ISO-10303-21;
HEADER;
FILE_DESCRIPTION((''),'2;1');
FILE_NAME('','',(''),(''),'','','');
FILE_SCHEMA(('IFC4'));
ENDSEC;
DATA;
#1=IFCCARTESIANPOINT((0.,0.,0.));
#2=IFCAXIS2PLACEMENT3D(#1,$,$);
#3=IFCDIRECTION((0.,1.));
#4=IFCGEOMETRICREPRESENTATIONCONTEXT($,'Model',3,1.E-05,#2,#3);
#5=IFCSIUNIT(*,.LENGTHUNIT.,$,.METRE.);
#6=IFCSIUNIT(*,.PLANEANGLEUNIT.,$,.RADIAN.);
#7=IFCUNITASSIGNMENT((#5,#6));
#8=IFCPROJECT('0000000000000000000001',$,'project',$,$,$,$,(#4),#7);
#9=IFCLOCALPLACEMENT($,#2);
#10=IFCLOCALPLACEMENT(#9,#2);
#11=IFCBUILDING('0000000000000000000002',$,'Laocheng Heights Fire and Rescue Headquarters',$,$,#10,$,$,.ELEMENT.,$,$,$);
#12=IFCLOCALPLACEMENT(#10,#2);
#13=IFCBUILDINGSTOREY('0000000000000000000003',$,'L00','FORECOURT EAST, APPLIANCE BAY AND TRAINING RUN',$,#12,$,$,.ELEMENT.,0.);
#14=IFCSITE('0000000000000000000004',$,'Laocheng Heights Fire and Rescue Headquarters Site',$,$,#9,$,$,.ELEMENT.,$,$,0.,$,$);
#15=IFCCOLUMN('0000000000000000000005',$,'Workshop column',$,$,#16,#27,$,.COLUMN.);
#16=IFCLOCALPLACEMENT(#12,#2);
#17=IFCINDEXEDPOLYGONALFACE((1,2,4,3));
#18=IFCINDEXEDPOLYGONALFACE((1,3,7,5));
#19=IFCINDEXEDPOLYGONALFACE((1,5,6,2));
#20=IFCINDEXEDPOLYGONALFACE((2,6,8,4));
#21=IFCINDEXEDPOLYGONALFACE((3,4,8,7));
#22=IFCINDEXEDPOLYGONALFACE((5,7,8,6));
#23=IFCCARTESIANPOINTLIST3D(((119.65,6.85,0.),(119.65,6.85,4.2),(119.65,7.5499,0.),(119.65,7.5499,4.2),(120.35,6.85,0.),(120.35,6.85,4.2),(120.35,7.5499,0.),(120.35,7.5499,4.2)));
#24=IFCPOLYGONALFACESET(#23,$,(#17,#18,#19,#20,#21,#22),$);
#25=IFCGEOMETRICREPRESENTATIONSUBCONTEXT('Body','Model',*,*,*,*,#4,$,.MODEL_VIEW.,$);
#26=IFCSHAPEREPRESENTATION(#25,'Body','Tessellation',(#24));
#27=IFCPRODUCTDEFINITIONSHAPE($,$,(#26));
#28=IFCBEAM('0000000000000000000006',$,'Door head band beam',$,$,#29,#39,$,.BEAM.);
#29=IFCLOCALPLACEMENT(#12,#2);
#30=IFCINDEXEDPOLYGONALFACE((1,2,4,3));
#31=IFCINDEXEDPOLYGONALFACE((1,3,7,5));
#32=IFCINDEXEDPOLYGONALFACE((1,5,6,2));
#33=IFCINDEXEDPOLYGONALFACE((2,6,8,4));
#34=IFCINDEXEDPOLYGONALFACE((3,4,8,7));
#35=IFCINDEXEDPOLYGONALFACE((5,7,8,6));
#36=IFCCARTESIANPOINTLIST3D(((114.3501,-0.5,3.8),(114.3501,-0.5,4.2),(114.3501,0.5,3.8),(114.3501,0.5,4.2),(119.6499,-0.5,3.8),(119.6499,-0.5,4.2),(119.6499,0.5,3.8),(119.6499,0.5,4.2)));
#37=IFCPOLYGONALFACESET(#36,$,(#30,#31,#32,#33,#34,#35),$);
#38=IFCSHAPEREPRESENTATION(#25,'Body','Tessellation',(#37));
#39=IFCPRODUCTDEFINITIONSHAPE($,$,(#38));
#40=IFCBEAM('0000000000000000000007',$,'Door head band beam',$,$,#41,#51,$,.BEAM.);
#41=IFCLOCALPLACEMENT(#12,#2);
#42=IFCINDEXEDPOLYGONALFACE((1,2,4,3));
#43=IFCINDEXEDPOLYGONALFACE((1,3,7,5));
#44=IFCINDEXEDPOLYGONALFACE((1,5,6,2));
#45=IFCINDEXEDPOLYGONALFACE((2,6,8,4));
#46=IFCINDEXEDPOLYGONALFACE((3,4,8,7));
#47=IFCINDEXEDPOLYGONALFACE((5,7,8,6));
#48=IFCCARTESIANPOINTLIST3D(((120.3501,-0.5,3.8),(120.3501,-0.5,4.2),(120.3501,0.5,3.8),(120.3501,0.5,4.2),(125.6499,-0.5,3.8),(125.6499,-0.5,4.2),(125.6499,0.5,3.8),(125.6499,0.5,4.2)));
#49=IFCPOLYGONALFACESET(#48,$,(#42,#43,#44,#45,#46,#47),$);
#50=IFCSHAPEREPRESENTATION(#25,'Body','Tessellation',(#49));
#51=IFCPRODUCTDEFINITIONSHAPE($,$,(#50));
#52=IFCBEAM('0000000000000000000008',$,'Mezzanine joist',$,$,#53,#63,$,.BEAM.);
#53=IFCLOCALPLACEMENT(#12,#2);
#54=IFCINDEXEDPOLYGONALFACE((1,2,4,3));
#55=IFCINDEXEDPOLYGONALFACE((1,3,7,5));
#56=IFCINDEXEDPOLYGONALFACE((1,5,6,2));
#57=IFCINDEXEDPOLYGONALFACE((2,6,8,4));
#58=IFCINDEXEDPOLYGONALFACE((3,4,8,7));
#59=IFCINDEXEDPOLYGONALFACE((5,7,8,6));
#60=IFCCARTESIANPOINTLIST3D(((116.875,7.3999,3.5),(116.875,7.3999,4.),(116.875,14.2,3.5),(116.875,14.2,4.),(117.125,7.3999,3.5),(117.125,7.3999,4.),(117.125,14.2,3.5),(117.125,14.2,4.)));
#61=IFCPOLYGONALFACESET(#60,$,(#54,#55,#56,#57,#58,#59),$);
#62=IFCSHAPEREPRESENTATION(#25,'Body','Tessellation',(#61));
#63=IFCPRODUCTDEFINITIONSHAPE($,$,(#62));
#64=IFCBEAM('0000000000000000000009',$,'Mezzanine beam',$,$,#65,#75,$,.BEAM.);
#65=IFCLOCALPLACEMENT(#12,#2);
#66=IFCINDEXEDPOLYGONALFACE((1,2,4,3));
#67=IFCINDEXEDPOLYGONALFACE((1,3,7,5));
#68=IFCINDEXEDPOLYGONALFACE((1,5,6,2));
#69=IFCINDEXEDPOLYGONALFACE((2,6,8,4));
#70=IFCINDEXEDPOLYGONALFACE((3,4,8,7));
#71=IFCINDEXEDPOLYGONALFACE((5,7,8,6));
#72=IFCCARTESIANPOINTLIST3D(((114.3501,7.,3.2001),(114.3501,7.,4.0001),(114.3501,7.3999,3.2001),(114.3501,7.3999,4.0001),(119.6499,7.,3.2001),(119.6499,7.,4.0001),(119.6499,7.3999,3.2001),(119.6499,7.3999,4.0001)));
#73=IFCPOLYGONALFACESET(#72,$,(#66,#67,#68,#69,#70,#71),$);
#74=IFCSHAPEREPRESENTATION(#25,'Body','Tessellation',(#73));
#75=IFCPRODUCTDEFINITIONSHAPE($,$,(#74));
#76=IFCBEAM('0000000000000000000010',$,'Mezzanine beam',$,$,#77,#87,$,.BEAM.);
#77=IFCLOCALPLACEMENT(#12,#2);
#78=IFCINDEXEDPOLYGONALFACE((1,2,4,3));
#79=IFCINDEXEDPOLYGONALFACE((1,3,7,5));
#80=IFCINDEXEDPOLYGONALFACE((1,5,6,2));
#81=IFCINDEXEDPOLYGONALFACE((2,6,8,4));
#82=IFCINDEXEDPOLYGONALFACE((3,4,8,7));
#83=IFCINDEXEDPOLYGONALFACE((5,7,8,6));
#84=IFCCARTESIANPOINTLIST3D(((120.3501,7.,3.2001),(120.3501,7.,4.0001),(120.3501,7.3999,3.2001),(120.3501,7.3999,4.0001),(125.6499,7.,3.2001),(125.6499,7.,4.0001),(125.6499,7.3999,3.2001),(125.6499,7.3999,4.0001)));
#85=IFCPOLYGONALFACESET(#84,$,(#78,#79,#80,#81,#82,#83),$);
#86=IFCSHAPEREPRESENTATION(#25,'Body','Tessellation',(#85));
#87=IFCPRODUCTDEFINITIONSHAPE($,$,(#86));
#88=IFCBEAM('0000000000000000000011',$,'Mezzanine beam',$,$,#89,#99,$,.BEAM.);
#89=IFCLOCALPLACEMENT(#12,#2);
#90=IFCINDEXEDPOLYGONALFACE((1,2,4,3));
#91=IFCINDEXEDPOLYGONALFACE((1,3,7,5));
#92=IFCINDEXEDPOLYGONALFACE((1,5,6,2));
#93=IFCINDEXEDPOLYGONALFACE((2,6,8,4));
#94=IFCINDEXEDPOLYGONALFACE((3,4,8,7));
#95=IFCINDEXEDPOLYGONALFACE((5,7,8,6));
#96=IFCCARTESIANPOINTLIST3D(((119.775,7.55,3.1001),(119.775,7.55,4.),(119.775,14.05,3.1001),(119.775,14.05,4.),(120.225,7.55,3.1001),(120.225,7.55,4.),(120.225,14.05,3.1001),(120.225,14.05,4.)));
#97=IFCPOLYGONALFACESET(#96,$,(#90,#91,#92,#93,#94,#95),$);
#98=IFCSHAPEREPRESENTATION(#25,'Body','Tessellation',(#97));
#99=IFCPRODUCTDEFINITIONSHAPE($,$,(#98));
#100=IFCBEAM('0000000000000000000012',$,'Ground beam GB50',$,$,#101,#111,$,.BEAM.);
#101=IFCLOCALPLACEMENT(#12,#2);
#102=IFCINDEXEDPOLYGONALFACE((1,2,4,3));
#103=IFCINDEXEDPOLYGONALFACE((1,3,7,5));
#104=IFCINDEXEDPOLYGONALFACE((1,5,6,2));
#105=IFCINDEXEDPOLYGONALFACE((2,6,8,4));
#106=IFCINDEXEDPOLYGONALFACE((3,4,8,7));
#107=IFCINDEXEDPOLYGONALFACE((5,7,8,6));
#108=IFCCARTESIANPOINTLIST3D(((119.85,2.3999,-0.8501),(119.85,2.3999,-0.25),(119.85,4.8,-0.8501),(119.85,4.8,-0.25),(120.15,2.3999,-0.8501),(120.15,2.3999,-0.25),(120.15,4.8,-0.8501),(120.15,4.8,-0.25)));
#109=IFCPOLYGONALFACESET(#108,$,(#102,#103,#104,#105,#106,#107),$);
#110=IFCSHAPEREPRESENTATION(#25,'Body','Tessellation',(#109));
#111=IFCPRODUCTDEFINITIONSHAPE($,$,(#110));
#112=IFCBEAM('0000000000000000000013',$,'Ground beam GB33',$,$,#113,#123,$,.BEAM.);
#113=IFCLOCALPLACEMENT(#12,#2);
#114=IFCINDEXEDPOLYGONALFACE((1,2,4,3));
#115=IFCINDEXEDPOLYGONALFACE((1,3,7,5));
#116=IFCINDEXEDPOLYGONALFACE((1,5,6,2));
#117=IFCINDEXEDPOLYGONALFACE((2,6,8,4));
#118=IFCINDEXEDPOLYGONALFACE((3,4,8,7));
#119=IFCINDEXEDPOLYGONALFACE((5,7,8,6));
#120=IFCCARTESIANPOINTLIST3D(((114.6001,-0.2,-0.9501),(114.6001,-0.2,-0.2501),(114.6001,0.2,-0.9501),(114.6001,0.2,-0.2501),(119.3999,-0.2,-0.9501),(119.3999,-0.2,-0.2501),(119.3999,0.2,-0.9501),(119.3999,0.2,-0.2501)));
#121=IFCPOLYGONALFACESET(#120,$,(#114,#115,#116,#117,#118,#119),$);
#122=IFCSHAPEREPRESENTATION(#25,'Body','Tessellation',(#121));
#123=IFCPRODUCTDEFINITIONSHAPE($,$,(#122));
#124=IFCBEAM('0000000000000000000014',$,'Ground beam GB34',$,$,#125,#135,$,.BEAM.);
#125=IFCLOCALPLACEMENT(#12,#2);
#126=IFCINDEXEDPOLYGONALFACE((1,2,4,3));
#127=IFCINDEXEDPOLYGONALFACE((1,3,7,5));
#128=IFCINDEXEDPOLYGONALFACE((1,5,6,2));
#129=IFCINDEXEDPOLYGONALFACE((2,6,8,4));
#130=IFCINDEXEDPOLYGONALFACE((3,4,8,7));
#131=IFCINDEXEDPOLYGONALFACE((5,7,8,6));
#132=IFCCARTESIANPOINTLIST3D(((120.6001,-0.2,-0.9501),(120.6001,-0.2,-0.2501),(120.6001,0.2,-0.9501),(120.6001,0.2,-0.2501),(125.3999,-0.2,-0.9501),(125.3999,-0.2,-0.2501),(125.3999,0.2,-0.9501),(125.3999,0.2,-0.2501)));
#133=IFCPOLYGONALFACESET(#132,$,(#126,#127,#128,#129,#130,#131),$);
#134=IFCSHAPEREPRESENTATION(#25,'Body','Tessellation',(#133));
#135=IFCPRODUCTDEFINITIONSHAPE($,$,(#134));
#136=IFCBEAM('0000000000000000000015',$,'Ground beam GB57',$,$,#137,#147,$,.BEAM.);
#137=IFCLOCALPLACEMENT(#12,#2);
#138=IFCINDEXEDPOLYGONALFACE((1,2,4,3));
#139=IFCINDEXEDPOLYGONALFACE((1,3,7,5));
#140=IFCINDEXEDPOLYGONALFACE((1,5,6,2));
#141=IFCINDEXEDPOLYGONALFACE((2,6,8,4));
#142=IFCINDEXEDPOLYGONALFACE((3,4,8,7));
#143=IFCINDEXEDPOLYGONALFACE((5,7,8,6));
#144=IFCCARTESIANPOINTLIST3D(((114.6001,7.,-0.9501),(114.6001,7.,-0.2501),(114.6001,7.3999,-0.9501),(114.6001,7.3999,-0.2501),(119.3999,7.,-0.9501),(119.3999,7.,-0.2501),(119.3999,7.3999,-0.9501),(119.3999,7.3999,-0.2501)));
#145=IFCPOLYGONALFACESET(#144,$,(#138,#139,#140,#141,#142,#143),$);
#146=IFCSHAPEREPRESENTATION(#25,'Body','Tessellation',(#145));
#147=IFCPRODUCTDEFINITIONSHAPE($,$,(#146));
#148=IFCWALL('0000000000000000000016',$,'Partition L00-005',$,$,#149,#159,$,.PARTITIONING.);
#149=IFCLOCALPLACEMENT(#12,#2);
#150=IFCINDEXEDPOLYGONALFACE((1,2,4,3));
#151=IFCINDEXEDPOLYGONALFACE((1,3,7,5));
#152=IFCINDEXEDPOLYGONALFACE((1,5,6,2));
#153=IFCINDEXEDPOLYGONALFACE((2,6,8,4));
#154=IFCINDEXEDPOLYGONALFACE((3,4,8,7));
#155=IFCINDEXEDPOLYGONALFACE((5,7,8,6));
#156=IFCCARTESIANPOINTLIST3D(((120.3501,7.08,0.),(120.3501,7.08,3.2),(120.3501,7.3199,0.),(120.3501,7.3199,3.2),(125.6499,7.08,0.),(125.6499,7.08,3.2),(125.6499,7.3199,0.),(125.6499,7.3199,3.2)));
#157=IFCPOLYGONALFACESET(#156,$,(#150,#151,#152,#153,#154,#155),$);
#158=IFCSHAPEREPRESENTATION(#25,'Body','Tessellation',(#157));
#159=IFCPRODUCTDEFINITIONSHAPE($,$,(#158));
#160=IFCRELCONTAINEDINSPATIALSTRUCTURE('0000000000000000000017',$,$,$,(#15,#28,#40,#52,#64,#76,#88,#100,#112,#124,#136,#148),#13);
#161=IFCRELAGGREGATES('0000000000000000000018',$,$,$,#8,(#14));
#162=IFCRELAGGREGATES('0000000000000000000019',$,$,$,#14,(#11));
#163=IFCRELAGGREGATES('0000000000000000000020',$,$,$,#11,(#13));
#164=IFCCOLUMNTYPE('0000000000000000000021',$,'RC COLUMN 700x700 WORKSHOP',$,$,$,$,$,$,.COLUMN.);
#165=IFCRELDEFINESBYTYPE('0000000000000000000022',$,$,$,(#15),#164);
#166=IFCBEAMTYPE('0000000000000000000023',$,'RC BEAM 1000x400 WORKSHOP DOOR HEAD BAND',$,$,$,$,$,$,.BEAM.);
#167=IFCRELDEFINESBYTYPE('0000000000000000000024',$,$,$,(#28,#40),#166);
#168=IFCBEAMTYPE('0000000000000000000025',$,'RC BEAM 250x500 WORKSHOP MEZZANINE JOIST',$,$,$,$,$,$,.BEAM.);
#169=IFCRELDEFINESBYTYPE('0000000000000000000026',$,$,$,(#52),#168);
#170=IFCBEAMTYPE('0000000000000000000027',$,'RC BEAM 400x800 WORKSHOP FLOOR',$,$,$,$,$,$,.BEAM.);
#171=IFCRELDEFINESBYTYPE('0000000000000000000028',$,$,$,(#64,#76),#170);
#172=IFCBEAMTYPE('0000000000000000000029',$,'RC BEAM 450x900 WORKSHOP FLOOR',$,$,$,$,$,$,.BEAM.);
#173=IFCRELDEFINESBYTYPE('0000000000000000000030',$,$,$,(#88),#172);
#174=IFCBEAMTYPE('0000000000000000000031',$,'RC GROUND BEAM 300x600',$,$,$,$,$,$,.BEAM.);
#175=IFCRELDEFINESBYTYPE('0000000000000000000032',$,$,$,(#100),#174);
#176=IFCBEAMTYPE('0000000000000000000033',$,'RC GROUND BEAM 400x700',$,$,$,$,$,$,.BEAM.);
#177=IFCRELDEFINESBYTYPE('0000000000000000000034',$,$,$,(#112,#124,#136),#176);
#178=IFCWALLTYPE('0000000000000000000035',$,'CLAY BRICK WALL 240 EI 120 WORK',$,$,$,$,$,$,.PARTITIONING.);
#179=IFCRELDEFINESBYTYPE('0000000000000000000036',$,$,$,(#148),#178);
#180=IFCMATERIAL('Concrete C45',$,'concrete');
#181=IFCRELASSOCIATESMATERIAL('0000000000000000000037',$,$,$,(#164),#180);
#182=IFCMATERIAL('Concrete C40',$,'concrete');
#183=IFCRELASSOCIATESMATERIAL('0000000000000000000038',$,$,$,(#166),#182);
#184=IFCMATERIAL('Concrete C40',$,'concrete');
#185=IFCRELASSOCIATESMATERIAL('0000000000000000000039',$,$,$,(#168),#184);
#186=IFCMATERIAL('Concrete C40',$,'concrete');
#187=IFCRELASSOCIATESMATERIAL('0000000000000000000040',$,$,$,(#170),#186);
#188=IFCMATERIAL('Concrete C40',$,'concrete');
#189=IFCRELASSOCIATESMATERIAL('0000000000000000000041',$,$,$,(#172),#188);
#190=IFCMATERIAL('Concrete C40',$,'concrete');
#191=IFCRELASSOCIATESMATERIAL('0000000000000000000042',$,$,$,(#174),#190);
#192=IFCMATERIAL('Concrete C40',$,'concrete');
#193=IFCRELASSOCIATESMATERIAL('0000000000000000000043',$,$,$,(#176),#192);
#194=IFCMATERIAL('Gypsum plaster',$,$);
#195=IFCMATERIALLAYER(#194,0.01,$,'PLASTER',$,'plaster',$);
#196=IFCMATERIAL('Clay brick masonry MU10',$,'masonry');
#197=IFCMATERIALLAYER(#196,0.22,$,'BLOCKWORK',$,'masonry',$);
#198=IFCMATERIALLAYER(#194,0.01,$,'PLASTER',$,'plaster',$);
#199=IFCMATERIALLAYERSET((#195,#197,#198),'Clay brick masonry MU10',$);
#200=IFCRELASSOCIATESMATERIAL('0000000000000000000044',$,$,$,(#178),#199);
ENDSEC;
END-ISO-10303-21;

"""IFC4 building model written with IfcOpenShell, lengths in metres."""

from ifc_helpers import new_model, si_unit, direction, frame, frame_2d, origin, origin_2d, place, context, subcontext, project, spatial, rectangle, extrude, material, layer, layer_set, material_profile, profile_set, type_object, element, save


model = new_model("IFC4")

# Units and contexts
model_context = context("Model", 3, precision=1e-05, world=origin(), true_north=direction((0.0, 1.0)))
body_context = subcontext(model_context, "Body", "Model", "MODEL_VIEW")
ifc_project = project(units=[si_unit("LENGTHUNIT", "METRE"), si_unit("PLANEANGLEUNIT", "RADIAN")], contexts=[model_context])

# Site, building, storey
site_placement = place(None, origin())
site = spatial("IfcSite", under=ifc_project, at=site_placement, Name="Laocheng Heights Fire and Rescue Headquarters Site", CompositionType="ELEMENT", RefElevation=0.0)
building_placement = place(site_placement, origin())
building = spatial("IfcBuilding", under=site, at=building_placement, Name="Laocheng Heights Fire and Rescue Headquarters", CompositionType="ELEMENT")
storey_placement = place(building_placement, origin())
storey = spatial("IfcBuildingStorey", under=building, at=storey_placement, Name="L00", Description="FORECOURT EAST, APPLIANCE BAY AND TRAINING RUN", CompositionType="ELEMENT", Elevation=0.0)

# Column
ifc_material_1 = material(Name="Concrete C45", Category="concrete")
ifc_material_profile_1 = material_profile(ifc_material_1, rectangle(XDim=0.7, YDim=0.7, at=origin_2d()), Name="RC COLUMN 700x700 WORKSHOP")
ifc_profile_set_1 = profile_set([ifc_material_profile_1], Name="Concrete C45")
column_type = type_object("IfcColumnType", Name="RC COLUMN 700x700 WORKSHOP", PredefinedType="COLUMN", material=ifc_profile_set_1)
for number, where, z_axis, x_axis, name in (
    (1, (120.0, 7.2, 0.0), (0.0, 0.0, 1.0), (1.0, 0.0, 0.0), "Workshop column"),
):
    element("IfcColumn", number, at=place(storey_placement, frame(where, z_axis=z_axis, x_axis=x_axis)), inside=storey, type_object=column_type, Name=name, PredefinedType="COLUMN", context=body_context, shape_type="SweptSolid", body=[
        extrude(rectangle(XDim=0.7, YDim=0.7, at=origin_2d()), origin(), (0.0, 0.0, 1.0), 4.2),
    ])

# Beams
ifc_material_2 = material(Name="Concrete C40", Category="concrete")
ifc_material_profile_2 = material_profile(ifc_material_2, rectangle(XDim=1.0, YDim=0.3999, at=origin_2d()), Name="RC BEAM 1000x400 WORKSHOP DOOR HEAD BAND")
ifc_profile_set_2 = profile_set([ifc_material_profile_2], Name="Concrete C40")
beam_type_1 = type_object("IfcBeamType", Name="RC BEAM 1000x400 WORKSHOP DOOR HEAD BAND", PredefinedType="BEAM", material=ifc_profile_set_2)
for number, where, z_axis, x_axis, name in (
    (2, (114.3501, 0.0, 4.0), (1.0, 0.0, 0.0), (0.0, 1.0, 0.0), "Door head band beam"),
    (3, (120.3501, 0.0, 4.0), (1.0, 0.0, 0.0), (0.0, 1.0, 0.0), "Door head band beam"),
):
    element("IfcBeam", number, at=place(storey_placement, frame(where, z_axis=z_axis, x_axis=x_axis)), inside=storey, type_object=beam_type_1, Name=name, PredefinedType="BEAM", context=body_context, shape_type="SweptSolid", body=[
        extrude(rectangle(XDim=1.0, YDim=0.3999, at=origin_2d()), origin(), (0.0, 0.0, 1.0), 5.2998),
    ])
ifc_material_3 = material(Name="Concrete C40", Category="concrete")
ifc_material_profile_3 = material_profile(ifc_material_3, rectangle(XDim=0.25, YDim=0.5, at=origin_2d()), Name="RC BEAM 250x500 WORKSHOP MEZZANINE JOIST")
ifc_profile_set_3 = profile_set([ifc_material_profile_3], Name="Concrete C40")
beam_type_2 = type_object("IfcBeamType", Name="RC BEAM 250x500 WORKSHOP MEZZANINE JOIST", PredefinedType="BEAM", material=ifc_profile_set_3)
beam_1_placement = place(storey_placement, frame((117.0, 7.3999, 3.75), z_axis=(0.0, 1.0, 0.0), x_axis=(-1.0, 0.0, 0.0)))
element("IfcBeam", 4, at=beam_1_placement, inside=storey, type_object=beam_type_2, Name="Mezzanine joist", PredefinedType="BEAM", context=body_context, shape_type="SweptSolid", body=[
    extrude(rectangle(XDim=0.25, YDim=0.5, at=origin_2d()), origin(), (0.0, 0.0, 1.0), 6.8),
])
ifc_material_4 = material(Name="Concrete C40", Category="concrete")
ifc_material_profile_4 = material_profile(ifc_material_4, rectangle(XDim=0.3999, YDim=0.8, at=origin_2d()), Name="RC BEAM 400x800 WORKSHOP FLOOR")
ifc_profile_set_4 = profile_set([ifc_material_profile_4], Name="Concrete C40")
beam_type_3 = type_object("IfcBeamType", Name="RC BEAM 400x800 WORKSHOP FLOOR", PredefinedType="BEAM", material=ifc_profile_set_4)
for number, where, z_axis, x_axis, name in (
    (5, (114.3501, 7.2, 3.6001), (1.0, 0.0, 0.0), (0.0, 1.0, 0.0), "Mezzanine beam"),
    (6, (120.3501, 7.2, 3.6001), (1.0, 0.0, 0.0), (0.0, 1.0, 0.0), "Mezzanine beam"),
):
    element("IfcBeam", number, at=place(storey_placement, frame(where, z_axis=z_axis, x_axis=x_axis)), inside=storey, type_object=beam_type_3, Name=name, PredefinedType="BEAM", context=body_context, shape_type="SweptSolid", body=[
        extrude(rectangle(XDim=0.3999, YDim=0.8, at=origin_2d()), origin(), (0.0, 0.0, 1.0), 5.2998),
    ])
ifc_material_5 = material(Name="Concrete C40", Category="concrete")
ifc_material_profile_5 = material_profile(ifc_material_5, rectangle(XDim=0.45, YDim=0.8999, at=origin_2d()), Name="RC BEAM 450x900 WORKSHOP FLOOR")
ifc_profile_set_5 = profile_set([ifc_material_profile_5], Name="Concrete C40")
beam_type_4 = type_object("IfcBeamType", Name="RC BEAM 450x900 WORKSHOP FLOOR", PredefinedType="BEAM", material=ifc_profile_set_5)
beam_2_placement = place(storey_placement, frame((120.0, 7.55, 3.55), z_axis=(0.0, 1.0, 0.0), x_axis=(-1.0, 0.0, 0.0)))
element("IfcBeam", 7, at=beam_2_placement, inside=storey, type_object=beam_type_4, Name="Mezzanine beam", PredefinedType="BEAM", context=body_context, shape_type="SweptSolid", body=[
    extrude(rectangle(XDim=0.45, YDim=0.8999, at=origin_2d()), origin(), (0.0, 0.0, 1.0), 6.5),
])
ifc_material_6 = material(Name="Concrete C40", Category="concrete")
ifc_material_profile_6 = material_profile(ifc_material_6, rectangle(XDim=0.3, YDim=0.6001, at=origin_2d()), Name="RC GROUND BEAM 300x600")
ifc_profile_set_6 = profile_set([ifc_material_profile_6], Name="Concrete C40")
beam_type_5 = type_object("IfcBeamType", Name="RC GROUND BEAM 300x600", PredefinedType="BEAM", material=ifc_profile_set_6)
beam_3_placement = place(storey_placement, frame((120.0, 2.3999, -0.55), z_axis=(0.0, 1.0, 0.0), x_axis=(-1.0, 0.0, 0.0)))
element("IfcBeam", 8, at=beam_3_placement, inside=storey, type_object=beam_type_5, Name="Ground beam GB50", PredefinedType="BEAM", context=body_context, shape_type="SweptSolid", body=[
    extrude(rectangle(XDim=0.3, YDim=0.6001, at=origin_2d()), origin(), (0.0, 0.0, 1.0), 2.4001),
])
ifc_material_7 = material(Name="Concrete C40", Category="concrete")
ifc_material_profile_7 = material_profile(ifc_material_7, rectangle(XDim=0.3999, YDim=0.7, at=origin_2d()), Name="RC GROUND BEAM 400x700")
ifc_profile_set_7 = profile_set([ifc_material_profile_7], Name="Concrete C40")
beam_type_6 = type_object("IfcBeamType", Name="RC GROUND BEAM 400x700", PredefinedType="BEAM", material=ifc_profile_set_7)
for number, where, z_axis, x_axis, name in (
    (9, (114.6001, 0.0, -0.6001), (1.0, 0.0, 0.0), (0.0, 1.0, 0.0), "Ground beam GB33"),
    (10, (120.6001, 0.0, -0.6001), (1.0, 0.0, 0.0), (0.0, 1.0, 0.0), "Ground beam GB34"),
    (11, (114.6001, 7.2, -0.6001), (1.0, 0.0, 0.0), (0.0, 1.0, 0.0), "Ground beam GB57"),
):
    element("IfcBeam", number, at=place(storey_placement, frame(where, z_axis=z_axis, x_axis=x_axis)), inside=storey, type_object=beam_type_6, Name=name, PredefinedType="BEAM", context=body_context, shape_type="SweptSolid", body=[
        extrude(rectangle(XDim=0.3999, YDim=0.7, at=origin_2d()), origin(), (0.0, 0.0, 1.0), 4.7998),
    ])

# Wall
ifc_material_8 = material(Name="Gypsum plaster")
ifc_layer_1 = layer(ifc_material_8, 0.01, Name="PLASTER", Category="plaster")
ifc_material_9 = material(Name="Clay brick masonry MU10", Category="masonry")
ifc_layer_2 = layer(ifc_material_9, 0.22, Name="BLOCKWORK", Category="masonry")
ifc_layer_3 = layer(ifc_material_8, 0.01, Name="PLASTER", Category="plaster")
ifc_layer_set_1 = layer_set([ifc_layer_1, ifc_layer_2, ifc_layer_3], Name="Clay brick masonry MU10")
wall_type_1 = type_object("IfcWallType", Name="CLAY BRICK WALL 240 EI 120 WORK", PredefinedType="PARTITIONING", material=ifc_layer_set_1)
wall_1_placement = place(storey_placement, frame((120.3501, 7.2, 0.0), z_axis=(0.0, 0.0, 1.0), x_axis=(1.0, 0.0, 0.0)))
element("IfcWall", 12, at=wall_1_placement, inside=storey, type_object=wall_type_1, Name="Partition L00-005", PredefinedType="PARTITIONING", context=body_context, shape_type="SweptSolid", body=[
    extrude(rectangle(XDim=5.2998, YDim=0.24, at=frame_2d((2.6499, 0.0))), origin(), (0.0, 0.0, 1.0), 3.2),
])

save(model, "model.ifc")
